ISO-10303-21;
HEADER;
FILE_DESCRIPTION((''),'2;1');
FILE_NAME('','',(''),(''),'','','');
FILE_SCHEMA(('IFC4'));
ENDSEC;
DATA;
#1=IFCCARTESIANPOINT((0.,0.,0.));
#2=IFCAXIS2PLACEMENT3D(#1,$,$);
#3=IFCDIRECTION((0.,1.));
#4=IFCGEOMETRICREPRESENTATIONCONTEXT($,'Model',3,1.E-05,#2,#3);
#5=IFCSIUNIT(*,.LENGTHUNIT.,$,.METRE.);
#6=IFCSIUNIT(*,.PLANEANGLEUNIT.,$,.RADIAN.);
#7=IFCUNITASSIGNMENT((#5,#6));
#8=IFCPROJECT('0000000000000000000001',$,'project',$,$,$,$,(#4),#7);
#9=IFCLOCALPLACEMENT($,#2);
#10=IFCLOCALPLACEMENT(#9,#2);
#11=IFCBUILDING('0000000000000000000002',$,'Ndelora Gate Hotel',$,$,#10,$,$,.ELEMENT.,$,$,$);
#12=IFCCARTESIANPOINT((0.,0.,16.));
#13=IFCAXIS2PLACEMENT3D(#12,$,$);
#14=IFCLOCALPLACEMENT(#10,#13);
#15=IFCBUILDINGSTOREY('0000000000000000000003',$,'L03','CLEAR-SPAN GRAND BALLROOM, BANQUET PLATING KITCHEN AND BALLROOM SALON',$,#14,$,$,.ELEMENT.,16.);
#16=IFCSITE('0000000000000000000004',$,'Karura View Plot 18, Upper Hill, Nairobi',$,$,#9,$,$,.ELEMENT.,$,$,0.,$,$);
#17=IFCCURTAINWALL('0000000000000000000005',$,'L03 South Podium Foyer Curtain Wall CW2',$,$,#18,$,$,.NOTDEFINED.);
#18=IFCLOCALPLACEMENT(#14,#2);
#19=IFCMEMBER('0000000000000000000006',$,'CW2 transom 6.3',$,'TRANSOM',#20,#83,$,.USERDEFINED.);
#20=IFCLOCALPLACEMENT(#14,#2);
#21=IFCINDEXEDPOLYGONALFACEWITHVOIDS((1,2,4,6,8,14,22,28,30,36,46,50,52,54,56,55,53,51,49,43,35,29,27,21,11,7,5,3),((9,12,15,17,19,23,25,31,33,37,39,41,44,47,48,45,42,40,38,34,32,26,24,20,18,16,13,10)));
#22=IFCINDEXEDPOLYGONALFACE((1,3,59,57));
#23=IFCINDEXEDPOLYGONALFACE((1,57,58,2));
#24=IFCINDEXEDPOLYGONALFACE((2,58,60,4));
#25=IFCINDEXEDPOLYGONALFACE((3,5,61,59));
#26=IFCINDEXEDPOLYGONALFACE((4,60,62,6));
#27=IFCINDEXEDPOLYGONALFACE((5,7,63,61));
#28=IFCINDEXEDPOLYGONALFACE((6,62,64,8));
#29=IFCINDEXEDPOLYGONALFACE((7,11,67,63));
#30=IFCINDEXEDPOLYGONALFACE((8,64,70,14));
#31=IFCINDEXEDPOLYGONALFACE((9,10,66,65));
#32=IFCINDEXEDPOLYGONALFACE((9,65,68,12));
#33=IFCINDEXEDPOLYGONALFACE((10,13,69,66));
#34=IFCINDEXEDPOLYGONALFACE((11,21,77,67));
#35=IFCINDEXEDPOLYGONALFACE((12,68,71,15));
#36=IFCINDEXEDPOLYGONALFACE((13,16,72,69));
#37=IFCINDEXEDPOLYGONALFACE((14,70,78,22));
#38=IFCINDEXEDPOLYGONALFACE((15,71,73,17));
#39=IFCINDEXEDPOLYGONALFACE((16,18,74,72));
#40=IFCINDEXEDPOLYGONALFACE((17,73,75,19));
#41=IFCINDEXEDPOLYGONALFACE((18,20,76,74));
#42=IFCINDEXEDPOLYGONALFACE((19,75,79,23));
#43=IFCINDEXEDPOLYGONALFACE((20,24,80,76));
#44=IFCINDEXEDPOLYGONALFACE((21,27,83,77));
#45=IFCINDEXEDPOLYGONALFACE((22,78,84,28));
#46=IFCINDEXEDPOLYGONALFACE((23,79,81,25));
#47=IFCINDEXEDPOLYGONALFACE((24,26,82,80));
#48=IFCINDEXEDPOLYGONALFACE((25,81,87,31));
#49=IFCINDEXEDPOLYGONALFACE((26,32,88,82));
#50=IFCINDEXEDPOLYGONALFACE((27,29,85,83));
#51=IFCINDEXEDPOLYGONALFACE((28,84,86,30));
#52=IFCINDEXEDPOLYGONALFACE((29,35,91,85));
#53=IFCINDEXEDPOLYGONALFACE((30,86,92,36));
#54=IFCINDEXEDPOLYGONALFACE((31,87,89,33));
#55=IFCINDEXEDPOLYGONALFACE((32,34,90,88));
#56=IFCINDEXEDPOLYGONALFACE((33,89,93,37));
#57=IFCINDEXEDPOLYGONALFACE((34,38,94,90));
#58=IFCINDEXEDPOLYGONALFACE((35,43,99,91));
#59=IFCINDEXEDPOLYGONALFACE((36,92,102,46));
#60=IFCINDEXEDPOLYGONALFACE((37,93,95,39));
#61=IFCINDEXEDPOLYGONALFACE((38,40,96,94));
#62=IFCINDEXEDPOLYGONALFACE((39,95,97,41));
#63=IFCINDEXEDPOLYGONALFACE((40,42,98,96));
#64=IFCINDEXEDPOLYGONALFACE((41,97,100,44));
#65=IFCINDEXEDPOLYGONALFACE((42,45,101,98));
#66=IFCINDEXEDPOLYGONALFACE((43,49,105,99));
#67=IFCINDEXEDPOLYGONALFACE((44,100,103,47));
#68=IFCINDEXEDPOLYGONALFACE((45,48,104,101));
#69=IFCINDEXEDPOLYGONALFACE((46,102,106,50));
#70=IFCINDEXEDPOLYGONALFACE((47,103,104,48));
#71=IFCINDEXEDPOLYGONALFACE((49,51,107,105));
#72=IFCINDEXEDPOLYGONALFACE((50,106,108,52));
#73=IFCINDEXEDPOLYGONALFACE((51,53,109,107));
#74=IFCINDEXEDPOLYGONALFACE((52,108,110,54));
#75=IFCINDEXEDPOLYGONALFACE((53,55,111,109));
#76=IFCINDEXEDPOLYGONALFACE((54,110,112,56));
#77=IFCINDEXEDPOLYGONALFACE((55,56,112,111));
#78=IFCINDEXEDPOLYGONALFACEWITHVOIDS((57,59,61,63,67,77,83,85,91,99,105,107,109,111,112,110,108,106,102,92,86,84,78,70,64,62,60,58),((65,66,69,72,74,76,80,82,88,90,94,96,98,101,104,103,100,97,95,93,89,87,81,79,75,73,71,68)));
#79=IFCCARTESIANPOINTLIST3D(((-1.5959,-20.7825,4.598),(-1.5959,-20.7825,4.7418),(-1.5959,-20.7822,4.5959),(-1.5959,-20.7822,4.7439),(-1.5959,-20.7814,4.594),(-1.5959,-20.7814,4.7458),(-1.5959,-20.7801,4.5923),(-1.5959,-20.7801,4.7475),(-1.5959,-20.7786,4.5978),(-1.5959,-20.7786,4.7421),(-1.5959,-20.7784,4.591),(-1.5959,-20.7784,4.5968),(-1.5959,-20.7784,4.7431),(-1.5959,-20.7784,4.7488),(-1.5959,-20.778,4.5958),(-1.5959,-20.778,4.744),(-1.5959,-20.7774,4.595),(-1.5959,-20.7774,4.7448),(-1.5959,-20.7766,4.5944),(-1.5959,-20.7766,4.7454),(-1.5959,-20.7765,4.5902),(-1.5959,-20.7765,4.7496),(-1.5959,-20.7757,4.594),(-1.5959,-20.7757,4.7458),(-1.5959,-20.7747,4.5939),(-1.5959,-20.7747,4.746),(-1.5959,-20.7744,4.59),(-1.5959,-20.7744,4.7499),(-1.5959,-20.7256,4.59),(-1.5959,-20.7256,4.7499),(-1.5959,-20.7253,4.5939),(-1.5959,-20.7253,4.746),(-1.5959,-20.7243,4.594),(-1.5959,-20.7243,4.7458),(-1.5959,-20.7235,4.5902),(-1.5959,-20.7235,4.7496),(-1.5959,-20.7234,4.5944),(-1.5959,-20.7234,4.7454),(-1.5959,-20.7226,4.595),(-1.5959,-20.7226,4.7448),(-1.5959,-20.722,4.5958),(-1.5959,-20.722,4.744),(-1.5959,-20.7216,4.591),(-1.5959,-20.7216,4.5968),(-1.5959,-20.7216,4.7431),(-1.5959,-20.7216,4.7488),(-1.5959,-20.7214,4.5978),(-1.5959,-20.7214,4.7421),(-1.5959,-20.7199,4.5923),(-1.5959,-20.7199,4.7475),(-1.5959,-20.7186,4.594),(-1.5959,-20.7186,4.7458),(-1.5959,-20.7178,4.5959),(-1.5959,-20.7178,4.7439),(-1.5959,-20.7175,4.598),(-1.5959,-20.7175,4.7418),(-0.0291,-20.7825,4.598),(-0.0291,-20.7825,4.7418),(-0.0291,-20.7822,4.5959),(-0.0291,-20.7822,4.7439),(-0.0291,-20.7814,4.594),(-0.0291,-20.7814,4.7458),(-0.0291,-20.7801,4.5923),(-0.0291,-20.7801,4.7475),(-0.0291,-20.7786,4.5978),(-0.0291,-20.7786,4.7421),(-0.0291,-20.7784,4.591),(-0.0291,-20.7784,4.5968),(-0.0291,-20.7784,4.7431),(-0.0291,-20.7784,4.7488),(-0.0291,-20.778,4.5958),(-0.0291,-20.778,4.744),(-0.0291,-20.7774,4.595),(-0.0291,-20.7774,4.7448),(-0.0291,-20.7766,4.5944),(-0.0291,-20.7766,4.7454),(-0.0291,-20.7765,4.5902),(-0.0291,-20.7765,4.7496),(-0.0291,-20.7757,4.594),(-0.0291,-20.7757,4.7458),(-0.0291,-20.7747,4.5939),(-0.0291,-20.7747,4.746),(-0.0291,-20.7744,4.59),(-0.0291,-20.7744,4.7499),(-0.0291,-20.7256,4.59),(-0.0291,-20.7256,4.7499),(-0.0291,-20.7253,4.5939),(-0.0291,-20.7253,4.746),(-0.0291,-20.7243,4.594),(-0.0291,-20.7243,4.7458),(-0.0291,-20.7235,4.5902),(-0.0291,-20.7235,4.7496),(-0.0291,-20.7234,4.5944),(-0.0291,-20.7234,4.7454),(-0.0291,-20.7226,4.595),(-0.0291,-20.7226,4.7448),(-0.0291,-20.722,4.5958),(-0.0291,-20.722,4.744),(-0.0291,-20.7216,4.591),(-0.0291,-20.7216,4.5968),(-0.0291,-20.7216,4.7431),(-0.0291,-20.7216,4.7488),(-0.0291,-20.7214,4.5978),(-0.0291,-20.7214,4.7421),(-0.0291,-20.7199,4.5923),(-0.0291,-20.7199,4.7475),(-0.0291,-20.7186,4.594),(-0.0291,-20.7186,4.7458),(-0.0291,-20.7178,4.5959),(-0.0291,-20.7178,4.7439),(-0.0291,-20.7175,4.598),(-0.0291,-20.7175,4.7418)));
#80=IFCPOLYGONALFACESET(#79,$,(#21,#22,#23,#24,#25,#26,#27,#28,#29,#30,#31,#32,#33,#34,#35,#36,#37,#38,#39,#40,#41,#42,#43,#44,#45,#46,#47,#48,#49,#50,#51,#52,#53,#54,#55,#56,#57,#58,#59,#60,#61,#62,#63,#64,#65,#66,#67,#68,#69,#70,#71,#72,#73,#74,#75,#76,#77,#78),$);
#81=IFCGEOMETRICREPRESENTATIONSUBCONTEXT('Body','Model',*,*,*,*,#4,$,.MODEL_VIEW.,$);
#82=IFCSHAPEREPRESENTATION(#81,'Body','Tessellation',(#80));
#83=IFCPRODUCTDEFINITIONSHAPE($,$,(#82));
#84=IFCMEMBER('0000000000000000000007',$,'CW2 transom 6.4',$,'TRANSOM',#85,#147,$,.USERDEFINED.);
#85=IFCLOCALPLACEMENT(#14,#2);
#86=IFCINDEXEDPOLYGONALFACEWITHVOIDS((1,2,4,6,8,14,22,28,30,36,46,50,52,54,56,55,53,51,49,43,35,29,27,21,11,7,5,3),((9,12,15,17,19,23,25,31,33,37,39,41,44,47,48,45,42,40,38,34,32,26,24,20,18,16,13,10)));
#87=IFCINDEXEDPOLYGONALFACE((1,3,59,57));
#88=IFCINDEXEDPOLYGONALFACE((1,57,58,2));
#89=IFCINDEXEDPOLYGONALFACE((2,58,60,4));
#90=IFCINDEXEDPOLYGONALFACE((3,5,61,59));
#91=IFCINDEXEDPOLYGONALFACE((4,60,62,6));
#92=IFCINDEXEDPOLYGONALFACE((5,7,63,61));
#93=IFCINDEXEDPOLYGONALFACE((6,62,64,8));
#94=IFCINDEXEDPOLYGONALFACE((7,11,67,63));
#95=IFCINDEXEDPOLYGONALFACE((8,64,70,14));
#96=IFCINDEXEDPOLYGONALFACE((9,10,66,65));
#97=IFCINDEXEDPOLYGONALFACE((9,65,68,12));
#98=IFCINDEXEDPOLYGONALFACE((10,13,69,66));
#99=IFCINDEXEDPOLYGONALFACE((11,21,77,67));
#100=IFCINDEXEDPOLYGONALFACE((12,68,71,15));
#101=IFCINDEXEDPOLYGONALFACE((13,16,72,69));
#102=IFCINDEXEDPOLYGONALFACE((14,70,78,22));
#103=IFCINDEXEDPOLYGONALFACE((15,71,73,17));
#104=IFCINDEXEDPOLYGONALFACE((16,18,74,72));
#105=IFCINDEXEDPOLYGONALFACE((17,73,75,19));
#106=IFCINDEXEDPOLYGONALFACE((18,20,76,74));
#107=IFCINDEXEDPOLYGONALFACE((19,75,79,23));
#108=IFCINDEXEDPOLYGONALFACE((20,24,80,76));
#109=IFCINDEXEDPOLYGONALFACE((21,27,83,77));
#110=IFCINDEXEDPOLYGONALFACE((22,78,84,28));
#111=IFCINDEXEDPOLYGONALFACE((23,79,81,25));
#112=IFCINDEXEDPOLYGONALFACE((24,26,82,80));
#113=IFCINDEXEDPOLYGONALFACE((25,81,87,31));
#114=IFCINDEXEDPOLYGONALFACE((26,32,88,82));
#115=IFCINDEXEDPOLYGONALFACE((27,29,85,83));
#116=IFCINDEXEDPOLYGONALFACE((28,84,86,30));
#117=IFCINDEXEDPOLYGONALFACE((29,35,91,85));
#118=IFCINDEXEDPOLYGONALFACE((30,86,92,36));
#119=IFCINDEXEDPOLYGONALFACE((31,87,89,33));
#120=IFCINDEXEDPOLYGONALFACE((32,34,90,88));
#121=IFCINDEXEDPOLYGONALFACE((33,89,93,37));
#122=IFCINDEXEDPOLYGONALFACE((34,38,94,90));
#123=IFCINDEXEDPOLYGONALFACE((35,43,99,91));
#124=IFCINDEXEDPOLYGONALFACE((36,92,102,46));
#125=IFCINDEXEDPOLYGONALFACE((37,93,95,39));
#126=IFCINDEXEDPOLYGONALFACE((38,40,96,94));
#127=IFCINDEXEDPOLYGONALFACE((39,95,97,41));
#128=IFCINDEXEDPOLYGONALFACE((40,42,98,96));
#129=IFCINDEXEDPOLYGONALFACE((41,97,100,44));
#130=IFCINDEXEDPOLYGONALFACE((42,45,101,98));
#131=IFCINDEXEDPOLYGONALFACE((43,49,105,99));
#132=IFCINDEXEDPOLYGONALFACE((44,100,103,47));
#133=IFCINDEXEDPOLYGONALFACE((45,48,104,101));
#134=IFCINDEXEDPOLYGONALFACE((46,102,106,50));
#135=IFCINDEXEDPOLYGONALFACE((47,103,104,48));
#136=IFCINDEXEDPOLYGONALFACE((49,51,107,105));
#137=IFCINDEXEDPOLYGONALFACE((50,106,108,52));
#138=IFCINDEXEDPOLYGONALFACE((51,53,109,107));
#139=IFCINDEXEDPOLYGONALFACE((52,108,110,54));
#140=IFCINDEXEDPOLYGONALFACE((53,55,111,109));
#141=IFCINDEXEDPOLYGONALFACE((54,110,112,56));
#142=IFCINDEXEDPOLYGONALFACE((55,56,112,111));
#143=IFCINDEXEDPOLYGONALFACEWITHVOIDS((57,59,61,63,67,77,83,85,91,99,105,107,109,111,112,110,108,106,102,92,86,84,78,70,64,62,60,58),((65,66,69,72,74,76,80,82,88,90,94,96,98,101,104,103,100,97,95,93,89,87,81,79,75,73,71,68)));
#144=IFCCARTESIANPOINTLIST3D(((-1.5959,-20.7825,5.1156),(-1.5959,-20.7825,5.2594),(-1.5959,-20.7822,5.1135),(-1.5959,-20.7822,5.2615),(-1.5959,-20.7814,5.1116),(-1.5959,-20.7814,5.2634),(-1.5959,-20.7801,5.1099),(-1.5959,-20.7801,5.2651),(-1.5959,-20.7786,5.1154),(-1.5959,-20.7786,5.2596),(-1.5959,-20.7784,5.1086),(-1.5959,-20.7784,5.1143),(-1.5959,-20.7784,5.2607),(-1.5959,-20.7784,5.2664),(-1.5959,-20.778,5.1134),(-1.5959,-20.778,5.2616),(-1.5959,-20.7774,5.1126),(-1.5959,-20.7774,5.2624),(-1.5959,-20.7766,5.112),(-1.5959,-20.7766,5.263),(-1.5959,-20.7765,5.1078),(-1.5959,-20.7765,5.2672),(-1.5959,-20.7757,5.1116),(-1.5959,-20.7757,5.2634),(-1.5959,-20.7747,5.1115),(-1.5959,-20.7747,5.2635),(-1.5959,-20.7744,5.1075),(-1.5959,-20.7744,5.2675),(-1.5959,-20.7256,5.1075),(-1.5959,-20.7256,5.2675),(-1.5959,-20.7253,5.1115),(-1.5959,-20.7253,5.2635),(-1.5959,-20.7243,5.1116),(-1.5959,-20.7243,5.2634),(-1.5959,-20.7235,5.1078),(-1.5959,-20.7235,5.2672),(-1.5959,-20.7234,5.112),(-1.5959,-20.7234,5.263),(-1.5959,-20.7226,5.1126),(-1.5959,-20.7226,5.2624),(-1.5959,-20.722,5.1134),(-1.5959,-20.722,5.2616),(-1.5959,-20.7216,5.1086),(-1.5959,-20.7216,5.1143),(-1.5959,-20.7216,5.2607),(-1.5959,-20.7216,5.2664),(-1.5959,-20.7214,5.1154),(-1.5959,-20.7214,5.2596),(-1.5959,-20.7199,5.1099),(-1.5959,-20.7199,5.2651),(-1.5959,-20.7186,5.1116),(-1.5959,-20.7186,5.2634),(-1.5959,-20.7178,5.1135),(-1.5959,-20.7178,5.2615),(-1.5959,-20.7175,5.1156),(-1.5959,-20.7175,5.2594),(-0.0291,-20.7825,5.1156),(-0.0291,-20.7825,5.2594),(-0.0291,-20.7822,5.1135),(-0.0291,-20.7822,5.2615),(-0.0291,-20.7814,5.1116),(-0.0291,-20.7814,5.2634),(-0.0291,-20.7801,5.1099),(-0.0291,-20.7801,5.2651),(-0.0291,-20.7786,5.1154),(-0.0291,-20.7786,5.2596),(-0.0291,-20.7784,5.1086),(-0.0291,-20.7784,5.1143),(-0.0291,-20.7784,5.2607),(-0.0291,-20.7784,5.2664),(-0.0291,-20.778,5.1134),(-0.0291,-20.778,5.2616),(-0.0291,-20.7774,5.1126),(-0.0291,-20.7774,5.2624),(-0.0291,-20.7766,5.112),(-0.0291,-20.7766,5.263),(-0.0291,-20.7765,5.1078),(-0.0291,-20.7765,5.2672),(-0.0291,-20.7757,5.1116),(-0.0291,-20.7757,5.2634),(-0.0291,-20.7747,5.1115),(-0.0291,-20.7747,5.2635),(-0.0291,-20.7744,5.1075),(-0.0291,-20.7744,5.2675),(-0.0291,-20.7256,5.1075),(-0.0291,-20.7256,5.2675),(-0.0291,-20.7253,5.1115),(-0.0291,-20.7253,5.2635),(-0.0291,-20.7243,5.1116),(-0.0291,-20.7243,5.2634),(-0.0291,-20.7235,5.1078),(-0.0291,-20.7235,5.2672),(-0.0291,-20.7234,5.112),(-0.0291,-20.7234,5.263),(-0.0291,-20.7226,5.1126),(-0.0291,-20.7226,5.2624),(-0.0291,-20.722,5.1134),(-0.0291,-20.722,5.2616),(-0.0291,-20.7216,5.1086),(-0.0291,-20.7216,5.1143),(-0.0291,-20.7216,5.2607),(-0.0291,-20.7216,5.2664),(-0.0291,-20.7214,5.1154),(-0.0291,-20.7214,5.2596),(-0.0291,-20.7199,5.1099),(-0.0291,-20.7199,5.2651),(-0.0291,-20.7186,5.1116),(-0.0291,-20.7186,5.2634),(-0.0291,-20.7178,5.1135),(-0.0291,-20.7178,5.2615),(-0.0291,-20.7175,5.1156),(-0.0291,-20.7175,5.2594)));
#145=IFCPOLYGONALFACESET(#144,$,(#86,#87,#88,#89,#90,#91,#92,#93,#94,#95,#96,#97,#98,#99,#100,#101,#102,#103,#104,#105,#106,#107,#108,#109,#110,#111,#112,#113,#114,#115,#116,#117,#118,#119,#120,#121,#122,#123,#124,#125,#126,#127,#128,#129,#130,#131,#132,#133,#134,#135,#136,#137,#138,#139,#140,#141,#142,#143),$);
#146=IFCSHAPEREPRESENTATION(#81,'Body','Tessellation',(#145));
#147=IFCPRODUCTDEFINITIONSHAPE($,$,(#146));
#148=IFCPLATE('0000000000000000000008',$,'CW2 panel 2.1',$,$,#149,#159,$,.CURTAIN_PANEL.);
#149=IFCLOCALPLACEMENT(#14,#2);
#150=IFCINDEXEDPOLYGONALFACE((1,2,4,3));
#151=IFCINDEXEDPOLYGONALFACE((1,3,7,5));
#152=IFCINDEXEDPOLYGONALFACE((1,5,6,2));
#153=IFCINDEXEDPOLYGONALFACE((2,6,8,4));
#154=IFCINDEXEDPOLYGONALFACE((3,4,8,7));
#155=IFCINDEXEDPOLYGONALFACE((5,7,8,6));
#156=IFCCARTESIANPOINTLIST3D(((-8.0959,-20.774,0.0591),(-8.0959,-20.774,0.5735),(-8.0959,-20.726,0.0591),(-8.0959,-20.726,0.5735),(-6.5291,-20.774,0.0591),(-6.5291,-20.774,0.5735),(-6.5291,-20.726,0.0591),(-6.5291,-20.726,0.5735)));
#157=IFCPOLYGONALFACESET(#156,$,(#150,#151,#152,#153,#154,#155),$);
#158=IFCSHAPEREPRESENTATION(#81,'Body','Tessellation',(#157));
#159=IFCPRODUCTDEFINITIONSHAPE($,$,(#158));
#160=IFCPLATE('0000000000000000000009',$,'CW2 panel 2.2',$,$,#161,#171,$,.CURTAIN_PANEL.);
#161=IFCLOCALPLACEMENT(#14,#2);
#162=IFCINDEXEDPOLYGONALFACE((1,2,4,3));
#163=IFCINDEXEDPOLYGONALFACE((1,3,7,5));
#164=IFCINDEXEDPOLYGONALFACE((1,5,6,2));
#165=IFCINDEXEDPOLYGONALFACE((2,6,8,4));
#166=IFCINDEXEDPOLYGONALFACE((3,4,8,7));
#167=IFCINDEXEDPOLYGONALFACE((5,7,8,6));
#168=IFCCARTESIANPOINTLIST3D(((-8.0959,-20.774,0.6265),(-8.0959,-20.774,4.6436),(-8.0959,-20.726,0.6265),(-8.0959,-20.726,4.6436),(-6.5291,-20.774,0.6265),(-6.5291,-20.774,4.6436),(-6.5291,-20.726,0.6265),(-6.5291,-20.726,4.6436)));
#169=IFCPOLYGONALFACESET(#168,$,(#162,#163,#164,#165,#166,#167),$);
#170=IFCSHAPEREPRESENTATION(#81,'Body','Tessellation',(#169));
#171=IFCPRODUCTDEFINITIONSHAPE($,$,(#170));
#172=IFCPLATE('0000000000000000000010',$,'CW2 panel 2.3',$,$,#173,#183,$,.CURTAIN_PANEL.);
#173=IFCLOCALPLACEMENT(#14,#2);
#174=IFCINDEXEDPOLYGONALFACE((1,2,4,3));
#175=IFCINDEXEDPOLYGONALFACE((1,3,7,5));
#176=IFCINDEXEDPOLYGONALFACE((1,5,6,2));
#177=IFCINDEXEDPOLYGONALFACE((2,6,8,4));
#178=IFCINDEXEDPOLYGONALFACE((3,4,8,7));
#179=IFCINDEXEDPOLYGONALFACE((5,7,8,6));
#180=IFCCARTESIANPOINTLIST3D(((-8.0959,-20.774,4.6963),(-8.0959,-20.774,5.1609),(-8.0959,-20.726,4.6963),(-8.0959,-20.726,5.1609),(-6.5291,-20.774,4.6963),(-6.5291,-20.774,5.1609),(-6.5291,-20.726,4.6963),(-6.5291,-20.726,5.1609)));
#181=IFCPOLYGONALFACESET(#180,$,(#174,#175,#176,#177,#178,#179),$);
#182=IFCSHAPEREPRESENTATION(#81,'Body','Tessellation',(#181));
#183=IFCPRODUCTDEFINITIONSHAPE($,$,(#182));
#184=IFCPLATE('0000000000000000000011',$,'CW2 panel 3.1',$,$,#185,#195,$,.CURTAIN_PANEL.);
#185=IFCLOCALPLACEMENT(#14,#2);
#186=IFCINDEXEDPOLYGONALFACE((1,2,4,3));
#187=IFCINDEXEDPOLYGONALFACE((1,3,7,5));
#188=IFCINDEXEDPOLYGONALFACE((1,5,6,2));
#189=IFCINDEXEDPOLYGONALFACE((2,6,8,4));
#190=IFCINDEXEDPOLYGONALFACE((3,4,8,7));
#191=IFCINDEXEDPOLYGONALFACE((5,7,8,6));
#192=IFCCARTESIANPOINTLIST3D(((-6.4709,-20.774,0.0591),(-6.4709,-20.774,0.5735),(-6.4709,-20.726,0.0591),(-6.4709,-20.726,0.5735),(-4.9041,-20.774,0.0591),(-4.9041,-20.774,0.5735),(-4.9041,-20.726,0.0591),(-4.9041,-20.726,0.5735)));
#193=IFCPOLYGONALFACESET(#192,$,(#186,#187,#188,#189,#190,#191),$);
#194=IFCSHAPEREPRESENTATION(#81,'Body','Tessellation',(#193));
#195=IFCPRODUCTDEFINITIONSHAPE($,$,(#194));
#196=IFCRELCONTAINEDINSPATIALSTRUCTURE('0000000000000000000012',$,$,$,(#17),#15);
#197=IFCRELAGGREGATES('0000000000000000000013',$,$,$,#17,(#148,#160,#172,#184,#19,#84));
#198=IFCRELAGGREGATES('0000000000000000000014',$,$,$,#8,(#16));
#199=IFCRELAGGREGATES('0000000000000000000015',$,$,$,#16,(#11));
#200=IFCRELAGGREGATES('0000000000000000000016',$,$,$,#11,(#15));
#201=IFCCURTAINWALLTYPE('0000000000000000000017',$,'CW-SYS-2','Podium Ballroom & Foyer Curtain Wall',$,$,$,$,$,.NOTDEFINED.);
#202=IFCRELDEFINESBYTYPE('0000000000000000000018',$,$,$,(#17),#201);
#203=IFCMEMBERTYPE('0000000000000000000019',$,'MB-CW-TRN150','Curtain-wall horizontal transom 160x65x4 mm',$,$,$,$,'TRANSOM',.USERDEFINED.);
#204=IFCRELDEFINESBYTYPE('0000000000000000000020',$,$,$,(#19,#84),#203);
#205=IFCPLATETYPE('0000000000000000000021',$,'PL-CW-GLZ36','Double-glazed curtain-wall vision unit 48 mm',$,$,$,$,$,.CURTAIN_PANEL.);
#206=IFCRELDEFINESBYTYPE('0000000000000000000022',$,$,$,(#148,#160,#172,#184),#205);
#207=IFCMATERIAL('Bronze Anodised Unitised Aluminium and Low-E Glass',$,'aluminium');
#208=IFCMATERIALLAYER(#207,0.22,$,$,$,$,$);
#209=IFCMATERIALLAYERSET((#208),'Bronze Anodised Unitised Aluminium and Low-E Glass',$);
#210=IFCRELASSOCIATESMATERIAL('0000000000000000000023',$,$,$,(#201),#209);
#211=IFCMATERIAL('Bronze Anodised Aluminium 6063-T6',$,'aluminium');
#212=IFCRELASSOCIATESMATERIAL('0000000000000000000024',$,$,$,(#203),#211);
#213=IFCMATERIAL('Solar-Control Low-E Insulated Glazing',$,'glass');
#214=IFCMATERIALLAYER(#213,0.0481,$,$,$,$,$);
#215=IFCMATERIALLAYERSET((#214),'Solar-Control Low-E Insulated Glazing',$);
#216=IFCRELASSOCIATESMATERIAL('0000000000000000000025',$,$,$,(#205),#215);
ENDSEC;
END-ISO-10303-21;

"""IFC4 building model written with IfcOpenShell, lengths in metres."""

from ifc_helpers import new_model, si_unit, direction, frame, origin, origin_2d, place, context, subcontext, project, spatial, rectangle, hollow_rectangle, extrude, material, layer, layer_set, material_profile, profile_set, type_object, element, aggregate, save


model = new_model("IFC4")

# Units and contexts
model_context = context("Model", 3, precision=1e-05, world=origin(), true_north=direction((0.0, 1.0)))
body_context = subcontext(model_context, "Body", "Model", "MODEL_VIEW")
ifc_project = project(units=[si_unit("LENGTHUNIT", "METRE"), si_unit("PLANEANGLEUNIT", "RADIAN")], contexts=[model_context])

# Site, building, storey
site_placement = place(None, origin())
site = spatial("IfcSite", under=ifc_project, at=site_placement, Name="Karura View Plot 18, Upper Hill, Nairobi", CompositionType="ELEMENT", RefElevation=0.0)
building_placement = place(site_placement, origin())
building = spatial("IfcBuilding", under=site, at=building_placement, Name="Ndelora Gate Hotel", CompositionType="ELEMENT")
storey_placement = place(building_placement, frame((0.0, 0.0, 16.0)))
storey = spatial("IfcBuildingStorey", under=building, at=storey_placement, Name="L03", Description="CLEAR-SPAN GRAND BALLROOM, BANQUET PLATING KITCHEN AND BALLROOM SALON", CompositionType="ELEMENT", Elevation=16.0)

# Curtain wall, members, plates
ifc_material_1 = material(Name="Bronze Anodised Unitised Aluminium and Low-E Glass", Category="aluminium")
ifc_layer_1 = layer(ifc_material_1, 0.22)
ifc_layer_set_1 = layer_set([ifc_layer_1], Name="Bronze Anodised Unitised Aluminium and Low-E Glass")
curtain_wall_type = type_object("IfcCurtainWallType", Name="CW-SYS-2", Description="Podium Ballroom & Foyer Curtain Wall", PredefinedType="NOTDEFINED", material=ifc_layer_set_1)
curtain_wall_placement = place(storey_placement, origin())
curtain_wall = element("IfcCurtainWall", 1, at=curtain_wall_placement, inside=storey, type_object=curtain_wall_type, Name="L03 South Podium Foyer Curtain Wall CW2", PredefinedType="NOTDEFINED")
ifc_material_2 = material(Name="Bronze Anodised Aluminium 6063-T6", Category="aluminium")
ifc_material_profile_1 = material_profile(ifc_material_2, hollow_rectangle(XDim=0.0649, YDim=0.1599, WallThickness=0.0039, InnerFilletRadius=0.0039, OuterFilletRadius=0.0081, at=origin_2d()), Name="ALU 160x65x4")
ifc_profile_set_1 = profile_set([ifc_material_profile_1], Name="Bronze Anodised Aluminium 6063-T6")
member_type_1 = type_object("IfcMemberType", Name="MB-CW-TRN150", Description="Curtain-wall horizontal transom 160x65x4 mm", ElementType="TRANSOM", PredefinedType="USERDEFINED", material=ifc_profile_set_1)
member_1_placement = place(storey_placement, frame((-1.5959, -20.75, 4.6699), z_axis=(1.0, 0.0, 0.0), x_axis=(0.0, 1.0, 0.0)))
member_1 = element("IfcMember", 2, at=member_1_placement, type_object=member_type_1, Name="CW2 transom 6.3", ObjectType="TRANSOM", PredefinedType="USERDEFINED", context=body_context, shape_type="SweptSolid", body=[
    extrude(hollow_rectangle(XDim=0.0649, YDim=0.1599, WallThickness=0.0039, InnerFilletRadius=0.0039, OuterFilletRadius=0.0081, at=origin_2d()), origin(), (0.0, 0.0, 1.0), 1.5669),
])
member_2_placement = place(storey_placement, frame((-1.5959, -20.75, 5.1875), z_axis=(1.0, 0.0, 0.0), x_axis=(0.0, 1.0, 0.0)))
member_2 = element("IfcMember", 3, at=member_2_placement, type_object=member_type_1, Name="CW2 transom 6.4", ObjectType="TRANSOM", PredefinedType="USERDEFINED", context=body_context, shape_type="SweptSolid", body=[
    extrude(hollow_rectangle(XDim=0.0649, YDim=0.1599, WallThickness=0.0039, InnerFilletRadius=0.0039, OuterFilletRadius=0.0081, at=origin_2d()), origin(), (0.0, 0.0, 1.0), 1.5669),
])
ifc_material_3 = material(Name="Solar-Control Low-E Insulated Glazing", Category="glass")
ifc_layer_2 = layer(ifc_material_3, 0.0481)
ifc_layer_set_2 = layer_set([ifc_layer_2], Name="Solar-Control Low-E Insulated Glazing")
plate_type = type_object("IfcPlateType", Name="PL-CW-GLZ36", Description="Double-glazed curtain-wall vision unit 48 mm", PredefinedType="CURTAIN_PANEL", material=ifc_layer_set_2)
plate_1_placement = place(storey_placement, frame((-7.3125, -20.75, 0.0591), z_axis=(0.0, 0.0, 1.0), x_axis=(1.0, 0.0, 0.0)))
plate_1 = element("IfcPlate", 4, at=plate_1_placement, type_object=plate_type, Name="CW2 panel 2.1", PredefinedType="CURTAIN_PANEL", context=body_context, shape_type="SweptSolid", body=[
    extrude(rectangle(XDim=1.5669, YDim=0.0481, at=origin_2d()), origin(), (0.0, 0.0, 1.0), 0.5144),
])
plate_2_placement = place(storey_placement, frame((-7.3125, -20.75, 0.6265), z_axis=(0.0, 0.0, 1.0), x_axis=(1.0, 0.0, 0.0)))
plate_2 = element("IfcPlate", 5, at=plate_2_placement, type_object=plate_type, Name="CW2 panel 2.2", PredefinedType="CURTAIN_PANEL", context=body_context, shape_type="SweptSolid", body=[
    extrude(rectangle(XDim=1.5669, YDim=0.0481, at=origin_2d()), origin(), (0.0, 0.0, 1.0), 4.0171),
])
plate_3_placement = place(storey_placement, frame((-7.3125, -20.75, 4.6963), z_axis=(0.0, 0.0, 1.0), x_axis=(1.0, 0.0, 0.0)))
plate_3 = element("IfcPlate", 6, at=plate_3_placement, type_object=plate_type, Name="CW2 panel 2.3", PredefinedType="CURTAIN_PANEL", context=body_context, shape_type="SweptSolid", body=[
    extrude(rectangle(XDim=1.5669, YDim=0.0481, at=origin_2d()), origin(), (0.0, 0.0, 1.0), 0.4646),
])
plate_4_placement = place(storey_placement, frame((-5.6875, -20.75, 0.0591), z_axis=(0.0, 0.0, 1.0), x_axis=(1.0, 0.0, 0.0)))
plate_4 = element("IfcPlate", 7, at=plate_4_placement, type_object=plate_type, Name="CW2 panel 3.1", PredefinedType="CURTAIN_PANEL", context=body_context, shape_type="SweptSolid", body=[
    extrude(rectangle(XDim=1.5669, YDim=0.0481, at=origin_2d()), origin(), (0.0, 0.0, 1.0), 0.5144),
])
aggregate(curtain_wall, [plate_1, plate_2, plate_3, plate_4, member_1, member_2])

save(model, "model.ifc")
